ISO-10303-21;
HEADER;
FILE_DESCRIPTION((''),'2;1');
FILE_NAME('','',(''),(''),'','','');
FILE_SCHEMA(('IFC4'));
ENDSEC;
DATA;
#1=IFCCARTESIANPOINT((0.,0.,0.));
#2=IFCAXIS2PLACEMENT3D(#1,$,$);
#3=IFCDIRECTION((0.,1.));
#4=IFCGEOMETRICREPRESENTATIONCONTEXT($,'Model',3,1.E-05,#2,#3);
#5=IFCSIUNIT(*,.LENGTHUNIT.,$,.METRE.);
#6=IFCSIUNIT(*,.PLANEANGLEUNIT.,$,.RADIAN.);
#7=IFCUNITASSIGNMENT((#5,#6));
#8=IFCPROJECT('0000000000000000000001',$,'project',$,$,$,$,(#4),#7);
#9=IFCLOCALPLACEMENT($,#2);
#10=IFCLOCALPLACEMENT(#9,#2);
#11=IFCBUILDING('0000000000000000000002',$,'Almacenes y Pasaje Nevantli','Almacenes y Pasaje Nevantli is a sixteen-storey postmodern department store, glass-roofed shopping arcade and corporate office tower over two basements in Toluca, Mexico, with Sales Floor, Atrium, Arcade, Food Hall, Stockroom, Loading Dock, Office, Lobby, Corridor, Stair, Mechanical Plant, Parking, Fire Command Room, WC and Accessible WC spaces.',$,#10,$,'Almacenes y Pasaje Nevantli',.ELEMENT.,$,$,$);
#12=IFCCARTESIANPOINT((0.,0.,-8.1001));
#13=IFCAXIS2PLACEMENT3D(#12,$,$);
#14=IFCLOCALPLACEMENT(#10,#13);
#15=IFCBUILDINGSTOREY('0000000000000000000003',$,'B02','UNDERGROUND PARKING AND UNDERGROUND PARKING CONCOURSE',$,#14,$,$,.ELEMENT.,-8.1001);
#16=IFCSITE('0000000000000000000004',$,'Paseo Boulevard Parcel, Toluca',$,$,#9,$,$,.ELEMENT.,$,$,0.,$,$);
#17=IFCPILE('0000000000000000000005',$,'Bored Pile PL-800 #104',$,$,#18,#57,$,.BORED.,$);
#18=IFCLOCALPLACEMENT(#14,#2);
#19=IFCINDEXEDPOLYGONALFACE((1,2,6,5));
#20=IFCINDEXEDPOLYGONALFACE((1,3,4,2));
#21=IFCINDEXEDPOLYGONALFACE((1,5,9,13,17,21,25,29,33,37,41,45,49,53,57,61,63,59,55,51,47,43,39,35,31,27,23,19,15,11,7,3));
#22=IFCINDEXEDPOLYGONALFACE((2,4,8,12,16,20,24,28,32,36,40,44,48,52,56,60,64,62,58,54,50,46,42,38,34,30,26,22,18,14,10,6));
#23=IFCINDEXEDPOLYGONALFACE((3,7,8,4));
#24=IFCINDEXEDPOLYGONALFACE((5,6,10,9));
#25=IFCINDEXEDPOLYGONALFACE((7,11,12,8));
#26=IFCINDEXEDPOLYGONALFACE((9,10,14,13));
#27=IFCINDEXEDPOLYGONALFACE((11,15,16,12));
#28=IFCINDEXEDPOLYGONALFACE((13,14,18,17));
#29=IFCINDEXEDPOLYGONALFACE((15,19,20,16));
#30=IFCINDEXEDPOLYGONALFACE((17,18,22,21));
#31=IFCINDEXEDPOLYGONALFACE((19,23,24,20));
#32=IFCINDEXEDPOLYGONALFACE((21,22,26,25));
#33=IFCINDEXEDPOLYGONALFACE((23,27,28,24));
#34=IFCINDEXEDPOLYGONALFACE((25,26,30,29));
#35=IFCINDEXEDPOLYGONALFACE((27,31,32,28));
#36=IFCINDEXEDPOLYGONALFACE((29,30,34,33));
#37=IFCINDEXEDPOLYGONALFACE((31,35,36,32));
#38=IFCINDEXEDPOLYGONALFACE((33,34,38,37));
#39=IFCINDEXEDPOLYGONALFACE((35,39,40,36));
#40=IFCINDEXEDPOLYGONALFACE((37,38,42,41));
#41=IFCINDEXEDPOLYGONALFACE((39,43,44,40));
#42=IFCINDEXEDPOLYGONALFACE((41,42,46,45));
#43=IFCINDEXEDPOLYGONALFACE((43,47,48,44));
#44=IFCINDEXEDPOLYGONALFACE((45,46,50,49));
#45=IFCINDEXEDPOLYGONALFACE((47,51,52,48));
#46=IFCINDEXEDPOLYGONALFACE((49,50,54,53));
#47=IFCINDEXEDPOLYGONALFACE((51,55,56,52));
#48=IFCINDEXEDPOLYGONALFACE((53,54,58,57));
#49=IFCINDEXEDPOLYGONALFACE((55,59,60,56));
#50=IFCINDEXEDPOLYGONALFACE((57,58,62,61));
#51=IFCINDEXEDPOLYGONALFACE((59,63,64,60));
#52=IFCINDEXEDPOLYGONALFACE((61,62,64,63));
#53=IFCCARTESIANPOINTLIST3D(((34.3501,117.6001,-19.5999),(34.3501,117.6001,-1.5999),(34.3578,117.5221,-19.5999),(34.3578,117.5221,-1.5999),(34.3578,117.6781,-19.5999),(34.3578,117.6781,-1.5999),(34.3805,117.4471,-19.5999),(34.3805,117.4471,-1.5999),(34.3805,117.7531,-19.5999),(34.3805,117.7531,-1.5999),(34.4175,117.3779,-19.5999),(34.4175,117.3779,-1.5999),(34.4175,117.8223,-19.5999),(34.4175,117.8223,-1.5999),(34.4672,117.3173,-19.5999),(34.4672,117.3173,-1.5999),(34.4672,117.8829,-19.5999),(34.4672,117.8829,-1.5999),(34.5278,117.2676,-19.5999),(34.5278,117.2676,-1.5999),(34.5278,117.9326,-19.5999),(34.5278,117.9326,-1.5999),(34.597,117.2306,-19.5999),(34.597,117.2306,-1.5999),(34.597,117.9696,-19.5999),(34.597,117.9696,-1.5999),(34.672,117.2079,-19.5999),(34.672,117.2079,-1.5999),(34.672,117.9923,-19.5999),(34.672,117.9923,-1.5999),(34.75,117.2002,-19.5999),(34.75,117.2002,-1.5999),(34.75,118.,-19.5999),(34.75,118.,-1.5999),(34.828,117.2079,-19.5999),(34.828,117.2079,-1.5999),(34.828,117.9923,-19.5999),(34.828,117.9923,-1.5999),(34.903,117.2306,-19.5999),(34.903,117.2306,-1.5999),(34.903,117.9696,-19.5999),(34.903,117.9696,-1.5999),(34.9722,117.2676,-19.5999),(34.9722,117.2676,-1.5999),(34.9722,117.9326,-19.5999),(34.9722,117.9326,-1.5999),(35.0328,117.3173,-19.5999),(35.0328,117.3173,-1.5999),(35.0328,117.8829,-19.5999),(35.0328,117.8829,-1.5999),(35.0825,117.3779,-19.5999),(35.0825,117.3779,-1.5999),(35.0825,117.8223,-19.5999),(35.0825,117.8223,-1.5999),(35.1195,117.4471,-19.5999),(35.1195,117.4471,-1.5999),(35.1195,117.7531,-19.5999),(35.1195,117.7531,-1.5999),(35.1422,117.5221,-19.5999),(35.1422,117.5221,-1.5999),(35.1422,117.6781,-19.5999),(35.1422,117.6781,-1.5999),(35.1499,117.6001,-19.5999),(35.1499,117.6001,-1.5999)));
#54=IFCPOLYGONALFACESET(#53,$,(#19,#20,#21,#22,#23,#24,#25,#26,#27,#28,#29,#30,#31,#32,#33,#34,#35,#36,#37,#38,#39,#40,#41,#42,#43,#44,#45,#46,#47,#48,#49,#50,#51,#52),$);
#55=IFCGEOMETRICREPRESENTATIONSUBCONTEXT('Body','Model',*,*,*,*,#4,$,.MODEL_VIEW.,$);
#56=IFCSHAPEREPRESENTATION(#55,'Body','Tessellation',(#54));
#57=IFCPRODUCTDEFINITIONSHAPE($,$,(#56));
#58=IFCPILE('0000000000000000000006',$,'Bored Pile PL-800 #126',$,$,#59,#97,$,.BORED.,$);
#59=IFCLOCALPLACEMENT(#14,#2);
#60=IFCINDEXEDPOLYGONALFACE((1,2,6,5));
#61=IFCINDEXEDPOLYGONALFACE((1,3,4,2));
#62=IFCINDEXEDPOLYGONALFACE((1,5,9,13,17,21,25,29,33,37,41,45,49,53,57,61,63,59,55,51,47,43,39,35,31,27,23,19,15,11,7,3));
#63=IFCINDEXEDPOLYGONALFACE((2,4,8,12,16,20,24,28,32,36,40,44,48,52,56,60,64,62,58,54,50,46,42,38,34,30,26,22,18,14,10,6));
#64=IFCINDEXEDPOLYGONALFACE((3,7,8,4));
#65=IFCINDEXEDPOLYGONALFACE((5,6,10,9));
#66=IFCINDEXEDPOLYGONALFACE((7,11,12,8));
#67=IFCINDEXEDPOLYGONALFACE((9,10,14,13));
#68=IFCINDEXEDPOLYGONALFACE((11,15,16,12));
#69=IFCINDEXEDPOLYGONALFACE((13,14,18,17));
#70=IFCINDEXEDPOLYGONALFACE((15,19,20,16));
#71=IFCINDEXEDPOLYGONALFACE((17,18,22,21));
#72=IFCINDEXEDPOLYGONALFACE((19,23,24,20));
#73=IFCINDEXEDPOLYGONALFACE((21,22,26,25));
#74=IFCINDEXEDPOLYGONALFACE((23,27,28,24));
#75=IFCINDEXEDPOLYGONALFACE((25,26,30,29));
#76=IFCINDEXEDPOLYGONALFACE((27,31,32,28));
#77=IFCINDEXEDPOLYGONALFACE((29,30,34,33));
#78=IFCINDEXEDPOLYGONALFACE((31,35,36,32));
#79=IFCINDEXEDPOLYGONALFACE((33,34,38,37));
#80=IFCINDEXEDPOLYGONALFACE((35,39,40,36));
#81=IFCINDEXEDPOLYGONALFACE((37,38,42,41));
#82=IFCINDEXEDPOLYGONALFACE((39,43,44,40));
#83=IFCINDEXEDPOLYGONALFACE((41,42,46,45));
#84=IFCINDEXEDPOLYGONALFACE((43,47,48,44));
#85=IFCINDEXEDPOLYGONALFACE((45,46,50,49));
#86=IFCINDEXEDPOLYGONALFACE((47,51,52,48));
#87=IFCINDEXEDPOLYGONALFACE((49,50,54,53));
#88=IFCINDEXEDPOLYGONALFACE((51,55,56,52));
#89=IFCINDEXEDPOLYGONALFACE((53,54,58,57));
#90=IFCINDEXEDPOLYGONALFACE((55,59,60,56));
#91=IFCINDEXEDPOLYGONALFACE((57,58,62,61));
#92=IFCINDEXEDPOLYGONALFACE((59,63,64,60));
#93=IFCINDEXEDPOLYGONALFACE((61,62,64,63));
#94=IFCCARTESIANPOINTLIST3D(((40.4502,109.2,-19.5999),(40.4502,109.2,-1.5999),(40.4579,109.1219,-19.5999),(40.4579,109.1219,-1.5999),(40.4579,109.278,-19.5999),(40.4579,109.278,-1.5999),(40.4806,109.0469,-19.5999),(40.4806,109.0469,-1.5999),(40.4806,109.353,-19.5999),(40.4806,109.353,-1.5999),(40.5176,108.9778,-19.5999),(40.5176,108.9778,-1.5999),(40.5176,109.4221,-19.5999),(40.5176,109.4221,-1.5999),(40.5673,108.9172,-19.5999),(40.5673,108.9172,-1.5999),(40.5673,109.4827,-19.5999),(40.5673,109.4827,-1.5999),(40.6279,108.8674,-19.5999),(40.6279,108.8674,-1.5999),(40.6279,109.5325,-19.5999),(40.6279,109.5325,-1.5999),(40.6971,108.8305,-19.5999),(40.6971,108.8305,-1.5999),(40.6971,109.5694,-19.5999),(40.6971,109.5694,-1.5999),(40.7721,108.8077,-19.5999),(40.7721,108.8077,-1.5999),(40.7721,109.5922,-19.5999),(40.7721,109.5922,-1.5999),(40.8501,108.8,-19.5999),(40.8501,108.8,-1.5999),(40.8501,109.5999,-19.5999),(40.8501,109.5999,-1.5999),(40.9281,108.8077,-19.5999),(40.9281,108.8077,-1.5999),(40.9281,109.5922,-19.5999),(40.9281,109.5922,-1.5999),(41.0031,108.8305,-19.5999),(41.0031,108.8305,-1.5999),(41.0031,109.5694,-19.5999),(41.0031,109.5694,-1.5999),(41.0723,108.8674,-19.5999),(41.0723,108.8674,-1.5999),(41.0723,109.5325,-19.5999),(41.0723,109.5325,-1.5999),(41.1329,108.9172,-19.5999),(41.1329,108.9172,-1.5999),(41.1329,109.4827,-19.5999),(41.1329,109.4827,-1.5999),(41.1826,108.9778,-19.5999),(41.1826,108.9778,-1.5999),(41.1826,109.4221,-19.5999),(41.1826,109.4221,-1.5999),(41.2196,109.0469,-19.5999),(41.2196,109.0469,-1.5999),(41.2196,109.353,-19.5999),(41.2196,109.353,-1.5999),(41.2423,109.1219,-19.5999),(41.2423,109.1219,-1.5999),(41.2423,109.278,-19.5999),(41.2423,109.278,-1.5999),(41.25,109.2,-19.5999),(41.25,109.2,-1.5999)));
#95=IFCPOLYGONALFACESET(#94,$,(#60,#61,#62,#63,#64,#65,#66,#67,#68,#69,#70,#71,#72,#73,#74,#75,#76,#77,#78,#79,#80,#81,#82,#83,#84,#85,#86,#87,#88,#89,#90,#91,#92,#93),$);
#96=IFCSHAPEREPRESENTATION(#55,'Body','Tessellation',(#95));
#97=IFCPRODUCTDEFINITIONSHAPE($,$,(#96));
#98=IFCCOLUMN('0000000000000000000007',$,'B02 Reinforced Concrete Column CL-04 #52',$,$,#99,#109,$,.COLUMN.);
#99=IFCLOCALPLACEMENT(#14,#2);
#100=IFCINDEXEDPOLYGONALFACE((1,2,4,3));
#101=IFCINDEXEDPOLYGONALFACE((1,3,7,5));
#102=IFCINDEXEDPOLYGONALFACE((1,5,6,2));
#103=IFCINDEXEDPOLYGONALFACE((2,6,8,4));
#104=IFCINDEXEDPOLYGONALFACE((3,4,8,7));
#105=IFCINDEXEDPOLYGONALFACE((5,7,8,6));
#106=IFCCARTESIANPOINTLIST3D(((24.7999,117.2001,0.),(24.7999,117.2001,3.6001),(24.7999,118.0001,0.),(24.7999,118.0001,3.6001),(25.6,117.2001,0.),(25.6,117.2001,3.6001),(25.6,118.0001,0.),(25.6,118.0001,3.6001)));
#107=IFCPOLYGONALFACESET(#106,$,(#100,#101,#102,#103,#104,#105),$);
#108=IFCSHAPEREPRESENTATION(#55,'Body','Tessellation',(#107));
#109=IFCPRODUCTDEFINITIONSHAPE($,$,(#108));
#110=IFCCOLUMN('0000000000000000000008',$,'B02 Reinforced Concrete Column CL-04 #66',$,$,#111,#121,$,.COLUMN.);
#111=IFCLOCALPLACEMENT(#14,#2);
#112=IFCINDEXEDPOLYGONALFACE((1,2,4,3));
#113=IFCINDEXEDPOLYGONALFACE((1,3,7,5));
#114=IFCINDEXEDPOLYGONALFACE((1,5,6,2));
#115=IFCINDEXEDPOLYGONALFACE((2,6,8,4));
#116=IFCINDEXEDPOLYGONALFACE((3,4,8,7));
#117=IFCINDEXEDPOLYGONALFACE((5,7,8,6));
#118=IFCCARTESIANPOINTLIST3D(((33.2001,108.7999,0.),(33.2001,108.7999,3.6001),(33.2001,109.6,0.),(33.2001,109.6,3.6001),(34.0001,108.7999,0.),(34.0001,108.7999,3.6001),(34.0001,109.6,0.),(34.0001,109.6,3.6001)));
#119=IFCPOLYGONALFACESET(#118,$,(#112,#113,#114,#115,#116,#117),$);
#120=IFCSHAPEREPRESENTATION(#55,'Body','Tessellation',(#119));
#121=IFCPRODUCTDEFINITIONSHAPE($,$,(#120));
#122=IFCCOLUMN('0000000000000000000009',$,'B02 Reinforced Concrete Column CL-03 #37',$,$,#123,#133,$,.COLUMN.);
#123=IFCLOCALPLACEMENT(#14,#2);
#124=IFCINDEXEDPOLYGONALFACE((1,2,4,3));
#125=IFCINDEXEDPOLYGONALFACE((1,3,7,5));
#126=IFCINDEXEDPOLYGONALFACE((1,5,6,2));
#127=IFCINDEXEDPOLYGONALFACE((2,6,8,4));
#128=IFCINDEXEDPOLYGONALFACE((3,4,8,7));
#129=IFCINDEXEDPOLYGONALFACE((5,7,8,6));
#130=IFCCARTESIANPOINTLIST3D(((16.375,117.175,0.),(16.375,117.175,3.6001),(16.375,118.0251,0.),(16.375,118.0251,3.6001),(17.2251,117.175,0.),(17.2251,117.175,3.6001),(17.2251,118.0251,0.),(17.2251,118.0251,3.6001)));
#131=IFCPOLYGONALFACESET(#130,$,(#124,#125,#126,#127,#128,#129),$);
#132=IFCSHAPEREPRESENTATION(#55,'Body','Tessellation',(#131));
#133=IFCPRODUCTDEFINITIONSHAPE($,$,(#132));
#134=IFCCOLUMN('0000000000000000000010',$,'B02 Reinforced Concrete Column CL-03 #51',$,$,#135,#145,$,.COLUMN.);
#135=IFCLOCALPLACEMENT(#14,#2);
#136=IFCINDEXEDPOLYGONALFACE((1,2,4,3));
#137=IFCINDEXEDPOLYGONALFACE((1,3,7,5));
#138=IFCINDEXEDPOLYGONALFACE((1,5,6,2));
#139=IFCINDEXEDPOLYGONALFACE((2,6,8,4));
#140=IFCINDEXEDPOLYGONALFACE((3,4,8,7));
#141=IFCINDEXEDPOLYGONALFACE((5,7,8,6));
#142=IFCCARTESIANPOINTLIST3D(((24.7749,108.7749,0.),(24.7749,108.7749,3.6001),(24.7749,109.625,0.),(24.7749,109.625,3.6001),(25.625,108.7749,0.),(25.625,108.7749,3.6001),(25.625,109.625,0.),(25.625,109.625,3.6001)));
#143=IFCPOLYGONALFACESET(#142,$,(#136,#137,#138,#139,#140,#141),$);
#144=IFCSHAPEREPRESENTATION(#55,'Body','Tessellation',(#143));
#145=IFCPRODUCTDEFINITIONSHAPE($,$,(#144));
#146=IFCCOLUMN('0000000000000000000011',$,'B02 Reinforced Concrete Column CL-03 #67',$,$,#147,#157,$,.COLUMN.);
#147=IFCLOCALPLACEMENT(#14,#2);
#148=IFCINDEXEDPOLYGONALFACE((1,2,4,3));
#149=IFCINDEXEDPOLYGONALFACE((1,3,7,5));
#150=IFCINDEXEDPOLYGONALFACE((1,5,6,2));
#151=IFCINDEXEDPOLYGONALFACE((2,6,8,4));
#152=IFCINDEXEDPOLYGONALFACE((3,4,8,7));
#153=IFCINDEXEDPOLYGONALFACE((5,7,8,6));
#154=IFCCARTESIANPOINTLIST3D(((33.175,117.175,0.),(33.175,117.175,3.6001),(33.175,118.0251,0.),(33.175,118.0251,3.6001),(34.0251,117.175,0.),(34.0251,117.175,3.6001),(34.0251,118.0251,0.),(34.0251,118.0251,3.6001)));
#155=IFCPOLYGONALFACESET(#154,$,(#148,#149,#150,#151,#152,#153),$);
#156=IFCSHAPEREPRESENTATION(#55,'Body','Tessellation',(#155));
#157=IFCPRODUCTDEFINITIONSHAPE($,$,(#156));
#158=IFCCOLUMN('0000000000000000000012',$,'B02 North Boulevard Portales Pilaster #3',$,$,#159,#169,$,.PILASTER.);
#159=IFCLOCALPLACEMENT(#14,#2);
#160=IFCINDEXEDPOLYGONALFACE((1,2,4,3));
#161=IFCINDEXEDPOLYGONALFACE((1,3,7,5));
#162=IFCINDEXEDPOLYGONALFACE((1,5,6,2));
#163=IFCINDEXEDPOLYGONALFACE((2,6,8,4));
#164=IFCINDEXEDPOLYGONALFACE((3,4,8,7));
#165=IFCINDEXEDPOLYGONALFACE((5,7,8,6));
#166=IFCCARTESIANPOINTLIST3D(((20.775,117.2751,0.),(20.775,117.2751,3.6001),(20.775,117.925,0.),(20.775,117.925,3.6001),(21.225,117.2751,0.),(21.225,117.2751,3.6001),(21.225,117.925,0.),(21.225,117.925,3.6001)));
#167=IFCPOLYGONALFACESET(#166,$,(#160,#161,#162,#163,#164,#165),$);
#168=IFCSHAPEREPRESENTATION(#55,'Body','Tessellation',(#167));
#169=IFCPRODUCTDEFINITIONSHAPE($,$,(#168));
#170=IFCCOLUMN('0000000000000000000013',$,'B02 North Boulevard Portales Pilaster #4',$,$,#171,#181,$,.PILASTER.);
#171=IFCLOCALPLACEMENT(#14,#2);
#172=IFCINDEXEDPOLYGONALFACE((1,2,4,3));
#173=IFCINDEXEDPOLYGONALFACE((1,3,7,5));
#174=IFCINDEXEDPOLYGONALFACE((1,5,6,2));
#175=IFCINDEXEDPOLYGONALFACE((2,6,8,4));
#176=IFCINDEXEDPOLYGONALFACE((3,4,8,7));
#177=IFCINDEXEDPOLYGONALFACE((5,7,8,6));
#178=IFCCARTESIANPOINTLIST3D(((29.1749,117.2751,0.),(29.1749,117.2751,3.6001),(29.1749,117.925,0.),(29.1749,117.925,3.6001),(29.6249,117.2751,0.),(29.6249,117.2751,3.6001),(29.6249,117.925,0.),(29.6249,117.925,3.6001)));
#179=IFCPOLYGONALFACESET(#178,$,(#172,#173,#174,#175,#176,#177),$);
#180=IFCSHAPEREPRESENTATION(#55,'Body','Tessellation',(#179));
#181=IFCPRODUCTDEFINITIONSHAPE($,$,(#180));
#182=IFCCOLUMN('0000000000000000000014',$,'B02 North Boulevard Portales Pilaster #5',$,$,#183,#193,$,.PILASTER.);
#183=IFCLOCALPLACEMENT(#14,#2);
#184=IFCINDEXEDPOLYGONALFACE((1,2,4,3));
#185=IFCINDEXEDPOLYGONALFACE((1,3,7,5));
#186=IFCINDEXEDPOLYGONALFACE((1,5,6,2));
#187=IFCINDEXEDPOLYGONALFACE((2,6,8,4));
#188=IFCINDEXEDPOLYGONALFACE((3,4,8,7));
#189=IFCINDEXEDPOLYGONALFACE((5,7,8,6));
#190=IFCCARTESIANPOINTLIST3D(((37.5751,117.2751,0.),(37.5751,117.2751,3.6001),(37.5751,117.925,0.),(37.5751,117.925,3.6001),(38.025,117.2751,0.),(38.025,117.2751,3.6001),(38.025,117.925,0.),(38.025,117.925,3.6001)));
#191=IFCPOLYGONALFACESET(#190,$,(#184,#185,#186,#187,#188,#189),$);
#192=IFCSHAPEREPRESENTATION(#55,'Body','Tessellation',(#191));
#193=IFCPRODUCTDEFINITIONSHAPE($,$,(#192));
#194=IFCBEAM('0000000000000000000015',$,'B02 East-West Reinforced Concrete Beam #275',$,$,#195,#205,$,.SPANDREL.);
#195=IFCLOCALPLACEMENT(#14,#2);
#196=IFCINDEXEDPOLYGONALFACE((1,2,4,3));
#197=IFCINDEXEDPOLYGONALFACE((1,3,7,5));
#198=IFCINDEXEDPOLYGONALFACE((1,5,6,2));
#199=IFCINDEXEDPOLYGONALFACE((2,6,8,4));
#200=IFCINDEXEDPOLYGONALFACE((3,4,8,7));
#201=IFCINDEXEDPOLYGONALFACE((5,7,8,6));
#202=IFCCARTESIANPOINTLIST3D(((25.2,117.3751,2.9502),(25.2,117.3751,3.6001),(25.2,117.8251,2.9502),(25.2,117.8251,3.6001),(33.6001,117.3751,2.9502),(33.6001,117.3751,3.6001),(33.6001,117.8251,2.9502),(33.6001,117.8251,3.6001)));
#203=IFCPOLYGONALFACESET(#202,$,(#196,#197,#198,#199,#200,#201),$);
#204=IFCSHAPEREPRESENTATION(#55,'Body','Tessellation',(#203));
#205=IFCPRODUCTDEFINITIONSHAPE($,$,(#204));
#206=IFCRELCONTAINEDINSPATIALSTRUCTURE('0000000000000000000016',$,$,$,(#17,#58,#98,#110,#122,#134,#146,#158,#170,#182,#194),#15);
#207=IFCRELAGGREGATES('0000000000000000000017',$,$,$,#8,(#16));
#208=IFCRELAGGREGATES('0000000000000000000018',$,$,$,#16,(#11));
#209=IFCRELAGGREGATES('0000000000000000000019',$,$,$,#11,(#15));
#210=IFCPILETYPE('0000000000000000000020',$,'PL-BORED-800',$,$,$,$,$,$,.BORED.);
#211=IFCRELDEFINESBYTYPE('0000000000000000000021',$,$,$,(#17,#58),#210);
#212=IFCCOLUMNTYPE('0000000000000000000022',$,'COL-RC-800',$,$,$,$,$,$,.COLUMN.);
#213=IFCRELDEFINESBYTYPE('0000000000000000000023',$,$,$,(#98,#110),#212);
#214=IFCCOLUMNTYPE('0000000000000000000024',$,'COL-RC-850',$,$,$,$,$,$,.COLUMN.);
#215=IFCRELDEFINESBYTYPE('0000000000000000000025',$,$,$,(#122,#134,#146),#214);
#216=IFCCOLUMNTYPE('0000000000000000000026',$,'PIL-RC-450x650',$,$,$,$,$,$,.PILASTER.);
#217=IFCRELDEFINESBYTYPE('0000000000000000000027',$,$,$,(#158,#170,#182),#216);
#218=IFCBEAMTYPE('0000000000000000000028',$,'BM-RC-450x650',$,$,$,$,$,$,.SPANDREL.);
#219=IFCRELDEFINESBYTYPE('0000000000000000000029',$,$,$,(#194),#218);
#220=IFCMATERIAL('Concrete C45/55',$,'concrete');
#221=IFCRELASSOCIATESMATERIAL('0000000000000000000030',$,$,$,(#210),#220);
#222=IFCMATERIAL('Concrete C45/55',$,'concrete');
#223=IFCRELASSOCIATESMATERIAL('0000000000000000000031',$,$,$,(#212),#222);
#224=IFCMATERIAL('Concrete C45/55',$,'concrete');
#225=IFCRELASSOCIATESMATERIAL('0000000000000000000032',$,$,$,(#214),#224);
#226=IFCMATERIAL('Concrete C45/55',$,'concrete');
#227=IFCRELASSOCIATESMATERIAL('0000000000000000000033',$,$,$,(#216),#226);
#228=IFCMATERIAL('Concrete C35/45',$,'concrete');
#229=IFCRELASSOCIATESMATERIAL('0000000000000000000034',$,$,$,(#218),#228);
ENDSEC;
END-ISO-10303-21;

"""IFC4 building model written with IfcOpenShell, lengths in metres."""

from ifc_helpers import new_model, si_unit, direction, frame, origin, origin_2d, place, context, subcontext, project, spatial, rectangle, circle, extrude, material, material_profile, profile_set, type_object, element, save


model = new_model("IFC4")

# Units and contexts
model_context = context("Model", 3, precision=1e-05, world=origin(), true_north=direction((0.0, 1.0)))
body_context = subcontext(model_context, "Body", "Model", "MODEL_VIEW")
ifc_project = project(units=[si_unit("LENGTHUNIT", "METRE"), si_unit("PLANEANGLEUNIT", "RADIAN")], contexts=[model_context])

# Site, building, storey
site_placement = place(None, origin())
site = spatial("IfcSite", under=ifc_project, at=site_placement, Name="Paseo Boulevard Parcel, Toluca", CompositionType="ELEMENT", RefElevation=0.0)
building_placement = place(site_placement, origin())
building = spatial("IfcBuilding", under=site, at=building_placement, Name="Almacenes y Pasaje Nevantli", Description="Almacenes y Pasaje Nevantli is a sixteen-storey postmodern department store, glass-roofed shopping arcade and corporate office tower over two basements in Toluca, Mexico, with Sales Floor, Atrium, Arcade, Food Hall, Stockroom, Loading Dock, Office, Lobby, Corridor, Stair, Mechanical Plant, Parking, Fire Command Room, WC and Accessible WC spaces.", LongName="Almacenes y Pasaje Nevantli", CompositionType="ELEMENT")
storey_placement = place(building_placement, frame((0.0, 0.0, -8.1001)))
storey = spatial("IfcBuildingStorey", under=building, at=storey_placement, Name="B02", Description="UNDERGROUND PARKING AND UNDERGROUND PARKING CONCOURSE", CompositionType="ELEMENT", Elevation=-8.1001)

# Piles
ifc_material_1 = material(Name="Concrete C45/55", Category="concrete")
ifc_material_profile_1 = material_profile(ifc_material_1, circle(Radius=0.3999, at=origin_2d()), Name="RC-PILE-D800")
ifc_profile_set_1 = profile_set([ifc_material_profile_1], Name="Concrete C45/55")
pile_type_1 = type_object("IfcPileType", Name="PL-BORED-800", PredefinedType="BORED", material=ifc_profile_set_1)
for number, where, z_axis, x_axis, name in (
    (1, (34.75, 117.6001, -1.5999), (0.0, 0.0, -1.0), (1.0, 0.0, 0.0), "Bored Pile PL-800 #104"),
    (2, (40.8501, 109.2, -1.5999), (0.0, 0.0, -1.0), (1.0, 0.0, 0.0), "Bored Pile PL-800 #126"),
):
    element("IfcPile", number, at=place(storey_placement, frame(where, z_axis=z_axis, x_axis=x_axis)), inside=storey, type_object=pile_type_1, Name=name, PredefinedType="BORED", context=body_context, shape_type="SweptSolid", body=[
        extrude(circle(Radius=0.3999, at=origin_2d()), origin(), (0.0, 0.0, 1.0), 18.0),
    ])

# Columns
ifc_material_2 = material(Name="Concrete C45/55", Category="concrete")
ifc_material_profile_2 = material_profile(ifc_material_2, rectangle(XDim=0.8, YDim=0.8, at=origin_2d()), Name="RC-COL-800x800")
ifc_profile_set_2 = profile_set([ifc_material_profile_2], Name="Concrete C45/55")
column_type_1 = type_object("IfcColumnType", Name="COL-RC-800", PredefinedType="COLUMN", material=ifc_profile_set_2)
for number, where, z_axis, x_axis, name in (
    (3, (25.2, 117.6001, 0.0), (0.0, 0.0, 1.0), (1.0, 0.0, 0.0), "B02 Reinforced Concrete Column CL-04 #52"),
    (4, (33.6001, 109.2, 0.0), (0.0, 0.0, 1.0), (1.0, 0.0, 0.0), "B02 Reinforced Concrete Column CL-04 #66"),
):
    element("IfcColumn", number, at=place(storey_placement, frame(where, z_axis=z_axis, x_axis=x_axis)), inside=storey, type_object=column_type_1, Name=name, PredefinedType="COLUMN", context=body_context, shape_type="SweptSolid", body=[
        extrude(rectangle(XDim=0.8, YDim=0.8, at=origin_2d()), origin(), (0.0, 0.0, 1.0), 3.6001),
    ])
ifc_material_3 = material(Name="Concrete C45/55", Category="concrete")
ifc_material_profile_3 = material_profile(ifc_material_3, rectangle(XDim=0.8501, YDim=0.8501, at=origin_2d()), Name="RC-COL-850x850")
ifc_profile_set_3 = profile_set([ifc_material_profile_3], Name="Concrete C45/55")
column_type_2 = type_object("IfcColumnType", Name="COL-RC-850", PredefinedType="COLUMN", material=ifc_profile_set_3)
for number, where, z_axis, x_axis, name in (
    (5, (16.8, 117.6001, 0.0), (0.0, 0.0, 1.0), (1.0, 0.0, 0.0), "B02 Reinforced Concrete Column CL-03 #37"),
    (6, (25.2, 109.2, 0.0), (0.0, 0.0, 1.0), (1.0, 0.0, 0.0), "B02 Reinforced Concrete Column CL-03 #51"),
    (7, (33.6001, 117.6001, 0.0), (0.0, 0.0, 1.0), (1.0, 0.0, 0.0), "B02 Reinforced Concrete Column CL-03 #67"),
):
    element("IfcColumn", number, at=place(storey_placement, frame(where, z_axis=z_axis, x_axis=x_axis)), inside=storey, type_object=column_type_2, Name=name, PredefinedType="COLUMN", context=body_context, shape_type="SweptSolid", body=[
        extrude(rectangle(XDim=0.8501, YDim=0.8501, at=origin_2d()), origin(), (0.0, 0.0, 1.0), 3.6001),
    ])
ifc_material_4 = material(Name="Concrete C45/55", Category="concrete")
ifc_material_profile_4 = material_profile(ifc_material_4, rectangle(XDim=0.45, YDim=0.6499, at=origin_2d()), Name="RC-PIL-450x650")
ifc_profile_set_4 = profile_set([ifc_material_profile_4], Name="Concrete C45/55")
column_type_3 = type_object("IfcColumnType", Name="PIL-RC-450x650", PredefinedType="PILASTER", material=ifc_profile_set_4)
for number, where, z_axis, x_axis, name in (
    (8, (21.0, 117.6001, 0.0), (0.0, 0.0, 1.0), (1.0, 0.0, 0.0), "B02 North Boulevard Portales Pilaster #3"),
    (9, (29.3999, 117.6001, 0.0), (0.0, 0.0, 1.0), (1.0, 0.0, 0.0), "B02 North Boulevard Portales Pilaster #4"),
    (10, (37.8, 117.6001, 0.0), (0.0, 0.0, 1.0), (1.0, 0.0, 0.0), "B02 North Boulevard Portales Pilaster #5"),
):
    element("IfcColumn", number, at=place(storey_placement, frame(where, z_axis=z_axis, x_axis=x_axis)), inside=storey, type_object=column_type_3, Name=name, PredefinedType="PILASTER", context=body_context, shape_type="SweptSolid", body=[
        extrude(rectangle(XDim=0.45, YDim=0.6499, at=origin_2d()), origin(), (0.0, 0.0, 1.0), 3.6001),
    ])

# Beam
ifc_material_5 = material(Name="Concrete C35/45", Category="concrete")
ifc_material_profile_5 = material_profile(ifc_material_5, rectangle(XDim=0.45, YDim=0.6499, at=origin_2d()), Name="RC-BM-450x650")
ifc_profile_set_5 = profile_set([ifc_material_profile_5], Name="Concrete C35/45")
beam_type_1 = type_object("IfcBeamType", Name="BM-RC-450x650", PredefinedType="SPANDREL", material=ifc_profile_set_5)
beam_1_placement = place(storey_placement, frame((25.2, 117.6001, 3.2751), z_axis=(1.0, 0.0, 0.0), x_axis=(0.0, 1.0, 0.0)))
element("IfcBeam", 11, at=beam_1_placement, inside=storey, type_object=beam_type_1, Name="B02 East-West Reinforced Concrete Beam #275", PredefinedType="SPANDREL", context=body_context, shape_type="SweptSolid", body=[
    extrude(rectangle(XDim=0.45, YDim=0.6499, at=origin_2d()), origin(), (0.0, 0.0, 1.0), 8.4001),
])

save(model, "model.ifc")
